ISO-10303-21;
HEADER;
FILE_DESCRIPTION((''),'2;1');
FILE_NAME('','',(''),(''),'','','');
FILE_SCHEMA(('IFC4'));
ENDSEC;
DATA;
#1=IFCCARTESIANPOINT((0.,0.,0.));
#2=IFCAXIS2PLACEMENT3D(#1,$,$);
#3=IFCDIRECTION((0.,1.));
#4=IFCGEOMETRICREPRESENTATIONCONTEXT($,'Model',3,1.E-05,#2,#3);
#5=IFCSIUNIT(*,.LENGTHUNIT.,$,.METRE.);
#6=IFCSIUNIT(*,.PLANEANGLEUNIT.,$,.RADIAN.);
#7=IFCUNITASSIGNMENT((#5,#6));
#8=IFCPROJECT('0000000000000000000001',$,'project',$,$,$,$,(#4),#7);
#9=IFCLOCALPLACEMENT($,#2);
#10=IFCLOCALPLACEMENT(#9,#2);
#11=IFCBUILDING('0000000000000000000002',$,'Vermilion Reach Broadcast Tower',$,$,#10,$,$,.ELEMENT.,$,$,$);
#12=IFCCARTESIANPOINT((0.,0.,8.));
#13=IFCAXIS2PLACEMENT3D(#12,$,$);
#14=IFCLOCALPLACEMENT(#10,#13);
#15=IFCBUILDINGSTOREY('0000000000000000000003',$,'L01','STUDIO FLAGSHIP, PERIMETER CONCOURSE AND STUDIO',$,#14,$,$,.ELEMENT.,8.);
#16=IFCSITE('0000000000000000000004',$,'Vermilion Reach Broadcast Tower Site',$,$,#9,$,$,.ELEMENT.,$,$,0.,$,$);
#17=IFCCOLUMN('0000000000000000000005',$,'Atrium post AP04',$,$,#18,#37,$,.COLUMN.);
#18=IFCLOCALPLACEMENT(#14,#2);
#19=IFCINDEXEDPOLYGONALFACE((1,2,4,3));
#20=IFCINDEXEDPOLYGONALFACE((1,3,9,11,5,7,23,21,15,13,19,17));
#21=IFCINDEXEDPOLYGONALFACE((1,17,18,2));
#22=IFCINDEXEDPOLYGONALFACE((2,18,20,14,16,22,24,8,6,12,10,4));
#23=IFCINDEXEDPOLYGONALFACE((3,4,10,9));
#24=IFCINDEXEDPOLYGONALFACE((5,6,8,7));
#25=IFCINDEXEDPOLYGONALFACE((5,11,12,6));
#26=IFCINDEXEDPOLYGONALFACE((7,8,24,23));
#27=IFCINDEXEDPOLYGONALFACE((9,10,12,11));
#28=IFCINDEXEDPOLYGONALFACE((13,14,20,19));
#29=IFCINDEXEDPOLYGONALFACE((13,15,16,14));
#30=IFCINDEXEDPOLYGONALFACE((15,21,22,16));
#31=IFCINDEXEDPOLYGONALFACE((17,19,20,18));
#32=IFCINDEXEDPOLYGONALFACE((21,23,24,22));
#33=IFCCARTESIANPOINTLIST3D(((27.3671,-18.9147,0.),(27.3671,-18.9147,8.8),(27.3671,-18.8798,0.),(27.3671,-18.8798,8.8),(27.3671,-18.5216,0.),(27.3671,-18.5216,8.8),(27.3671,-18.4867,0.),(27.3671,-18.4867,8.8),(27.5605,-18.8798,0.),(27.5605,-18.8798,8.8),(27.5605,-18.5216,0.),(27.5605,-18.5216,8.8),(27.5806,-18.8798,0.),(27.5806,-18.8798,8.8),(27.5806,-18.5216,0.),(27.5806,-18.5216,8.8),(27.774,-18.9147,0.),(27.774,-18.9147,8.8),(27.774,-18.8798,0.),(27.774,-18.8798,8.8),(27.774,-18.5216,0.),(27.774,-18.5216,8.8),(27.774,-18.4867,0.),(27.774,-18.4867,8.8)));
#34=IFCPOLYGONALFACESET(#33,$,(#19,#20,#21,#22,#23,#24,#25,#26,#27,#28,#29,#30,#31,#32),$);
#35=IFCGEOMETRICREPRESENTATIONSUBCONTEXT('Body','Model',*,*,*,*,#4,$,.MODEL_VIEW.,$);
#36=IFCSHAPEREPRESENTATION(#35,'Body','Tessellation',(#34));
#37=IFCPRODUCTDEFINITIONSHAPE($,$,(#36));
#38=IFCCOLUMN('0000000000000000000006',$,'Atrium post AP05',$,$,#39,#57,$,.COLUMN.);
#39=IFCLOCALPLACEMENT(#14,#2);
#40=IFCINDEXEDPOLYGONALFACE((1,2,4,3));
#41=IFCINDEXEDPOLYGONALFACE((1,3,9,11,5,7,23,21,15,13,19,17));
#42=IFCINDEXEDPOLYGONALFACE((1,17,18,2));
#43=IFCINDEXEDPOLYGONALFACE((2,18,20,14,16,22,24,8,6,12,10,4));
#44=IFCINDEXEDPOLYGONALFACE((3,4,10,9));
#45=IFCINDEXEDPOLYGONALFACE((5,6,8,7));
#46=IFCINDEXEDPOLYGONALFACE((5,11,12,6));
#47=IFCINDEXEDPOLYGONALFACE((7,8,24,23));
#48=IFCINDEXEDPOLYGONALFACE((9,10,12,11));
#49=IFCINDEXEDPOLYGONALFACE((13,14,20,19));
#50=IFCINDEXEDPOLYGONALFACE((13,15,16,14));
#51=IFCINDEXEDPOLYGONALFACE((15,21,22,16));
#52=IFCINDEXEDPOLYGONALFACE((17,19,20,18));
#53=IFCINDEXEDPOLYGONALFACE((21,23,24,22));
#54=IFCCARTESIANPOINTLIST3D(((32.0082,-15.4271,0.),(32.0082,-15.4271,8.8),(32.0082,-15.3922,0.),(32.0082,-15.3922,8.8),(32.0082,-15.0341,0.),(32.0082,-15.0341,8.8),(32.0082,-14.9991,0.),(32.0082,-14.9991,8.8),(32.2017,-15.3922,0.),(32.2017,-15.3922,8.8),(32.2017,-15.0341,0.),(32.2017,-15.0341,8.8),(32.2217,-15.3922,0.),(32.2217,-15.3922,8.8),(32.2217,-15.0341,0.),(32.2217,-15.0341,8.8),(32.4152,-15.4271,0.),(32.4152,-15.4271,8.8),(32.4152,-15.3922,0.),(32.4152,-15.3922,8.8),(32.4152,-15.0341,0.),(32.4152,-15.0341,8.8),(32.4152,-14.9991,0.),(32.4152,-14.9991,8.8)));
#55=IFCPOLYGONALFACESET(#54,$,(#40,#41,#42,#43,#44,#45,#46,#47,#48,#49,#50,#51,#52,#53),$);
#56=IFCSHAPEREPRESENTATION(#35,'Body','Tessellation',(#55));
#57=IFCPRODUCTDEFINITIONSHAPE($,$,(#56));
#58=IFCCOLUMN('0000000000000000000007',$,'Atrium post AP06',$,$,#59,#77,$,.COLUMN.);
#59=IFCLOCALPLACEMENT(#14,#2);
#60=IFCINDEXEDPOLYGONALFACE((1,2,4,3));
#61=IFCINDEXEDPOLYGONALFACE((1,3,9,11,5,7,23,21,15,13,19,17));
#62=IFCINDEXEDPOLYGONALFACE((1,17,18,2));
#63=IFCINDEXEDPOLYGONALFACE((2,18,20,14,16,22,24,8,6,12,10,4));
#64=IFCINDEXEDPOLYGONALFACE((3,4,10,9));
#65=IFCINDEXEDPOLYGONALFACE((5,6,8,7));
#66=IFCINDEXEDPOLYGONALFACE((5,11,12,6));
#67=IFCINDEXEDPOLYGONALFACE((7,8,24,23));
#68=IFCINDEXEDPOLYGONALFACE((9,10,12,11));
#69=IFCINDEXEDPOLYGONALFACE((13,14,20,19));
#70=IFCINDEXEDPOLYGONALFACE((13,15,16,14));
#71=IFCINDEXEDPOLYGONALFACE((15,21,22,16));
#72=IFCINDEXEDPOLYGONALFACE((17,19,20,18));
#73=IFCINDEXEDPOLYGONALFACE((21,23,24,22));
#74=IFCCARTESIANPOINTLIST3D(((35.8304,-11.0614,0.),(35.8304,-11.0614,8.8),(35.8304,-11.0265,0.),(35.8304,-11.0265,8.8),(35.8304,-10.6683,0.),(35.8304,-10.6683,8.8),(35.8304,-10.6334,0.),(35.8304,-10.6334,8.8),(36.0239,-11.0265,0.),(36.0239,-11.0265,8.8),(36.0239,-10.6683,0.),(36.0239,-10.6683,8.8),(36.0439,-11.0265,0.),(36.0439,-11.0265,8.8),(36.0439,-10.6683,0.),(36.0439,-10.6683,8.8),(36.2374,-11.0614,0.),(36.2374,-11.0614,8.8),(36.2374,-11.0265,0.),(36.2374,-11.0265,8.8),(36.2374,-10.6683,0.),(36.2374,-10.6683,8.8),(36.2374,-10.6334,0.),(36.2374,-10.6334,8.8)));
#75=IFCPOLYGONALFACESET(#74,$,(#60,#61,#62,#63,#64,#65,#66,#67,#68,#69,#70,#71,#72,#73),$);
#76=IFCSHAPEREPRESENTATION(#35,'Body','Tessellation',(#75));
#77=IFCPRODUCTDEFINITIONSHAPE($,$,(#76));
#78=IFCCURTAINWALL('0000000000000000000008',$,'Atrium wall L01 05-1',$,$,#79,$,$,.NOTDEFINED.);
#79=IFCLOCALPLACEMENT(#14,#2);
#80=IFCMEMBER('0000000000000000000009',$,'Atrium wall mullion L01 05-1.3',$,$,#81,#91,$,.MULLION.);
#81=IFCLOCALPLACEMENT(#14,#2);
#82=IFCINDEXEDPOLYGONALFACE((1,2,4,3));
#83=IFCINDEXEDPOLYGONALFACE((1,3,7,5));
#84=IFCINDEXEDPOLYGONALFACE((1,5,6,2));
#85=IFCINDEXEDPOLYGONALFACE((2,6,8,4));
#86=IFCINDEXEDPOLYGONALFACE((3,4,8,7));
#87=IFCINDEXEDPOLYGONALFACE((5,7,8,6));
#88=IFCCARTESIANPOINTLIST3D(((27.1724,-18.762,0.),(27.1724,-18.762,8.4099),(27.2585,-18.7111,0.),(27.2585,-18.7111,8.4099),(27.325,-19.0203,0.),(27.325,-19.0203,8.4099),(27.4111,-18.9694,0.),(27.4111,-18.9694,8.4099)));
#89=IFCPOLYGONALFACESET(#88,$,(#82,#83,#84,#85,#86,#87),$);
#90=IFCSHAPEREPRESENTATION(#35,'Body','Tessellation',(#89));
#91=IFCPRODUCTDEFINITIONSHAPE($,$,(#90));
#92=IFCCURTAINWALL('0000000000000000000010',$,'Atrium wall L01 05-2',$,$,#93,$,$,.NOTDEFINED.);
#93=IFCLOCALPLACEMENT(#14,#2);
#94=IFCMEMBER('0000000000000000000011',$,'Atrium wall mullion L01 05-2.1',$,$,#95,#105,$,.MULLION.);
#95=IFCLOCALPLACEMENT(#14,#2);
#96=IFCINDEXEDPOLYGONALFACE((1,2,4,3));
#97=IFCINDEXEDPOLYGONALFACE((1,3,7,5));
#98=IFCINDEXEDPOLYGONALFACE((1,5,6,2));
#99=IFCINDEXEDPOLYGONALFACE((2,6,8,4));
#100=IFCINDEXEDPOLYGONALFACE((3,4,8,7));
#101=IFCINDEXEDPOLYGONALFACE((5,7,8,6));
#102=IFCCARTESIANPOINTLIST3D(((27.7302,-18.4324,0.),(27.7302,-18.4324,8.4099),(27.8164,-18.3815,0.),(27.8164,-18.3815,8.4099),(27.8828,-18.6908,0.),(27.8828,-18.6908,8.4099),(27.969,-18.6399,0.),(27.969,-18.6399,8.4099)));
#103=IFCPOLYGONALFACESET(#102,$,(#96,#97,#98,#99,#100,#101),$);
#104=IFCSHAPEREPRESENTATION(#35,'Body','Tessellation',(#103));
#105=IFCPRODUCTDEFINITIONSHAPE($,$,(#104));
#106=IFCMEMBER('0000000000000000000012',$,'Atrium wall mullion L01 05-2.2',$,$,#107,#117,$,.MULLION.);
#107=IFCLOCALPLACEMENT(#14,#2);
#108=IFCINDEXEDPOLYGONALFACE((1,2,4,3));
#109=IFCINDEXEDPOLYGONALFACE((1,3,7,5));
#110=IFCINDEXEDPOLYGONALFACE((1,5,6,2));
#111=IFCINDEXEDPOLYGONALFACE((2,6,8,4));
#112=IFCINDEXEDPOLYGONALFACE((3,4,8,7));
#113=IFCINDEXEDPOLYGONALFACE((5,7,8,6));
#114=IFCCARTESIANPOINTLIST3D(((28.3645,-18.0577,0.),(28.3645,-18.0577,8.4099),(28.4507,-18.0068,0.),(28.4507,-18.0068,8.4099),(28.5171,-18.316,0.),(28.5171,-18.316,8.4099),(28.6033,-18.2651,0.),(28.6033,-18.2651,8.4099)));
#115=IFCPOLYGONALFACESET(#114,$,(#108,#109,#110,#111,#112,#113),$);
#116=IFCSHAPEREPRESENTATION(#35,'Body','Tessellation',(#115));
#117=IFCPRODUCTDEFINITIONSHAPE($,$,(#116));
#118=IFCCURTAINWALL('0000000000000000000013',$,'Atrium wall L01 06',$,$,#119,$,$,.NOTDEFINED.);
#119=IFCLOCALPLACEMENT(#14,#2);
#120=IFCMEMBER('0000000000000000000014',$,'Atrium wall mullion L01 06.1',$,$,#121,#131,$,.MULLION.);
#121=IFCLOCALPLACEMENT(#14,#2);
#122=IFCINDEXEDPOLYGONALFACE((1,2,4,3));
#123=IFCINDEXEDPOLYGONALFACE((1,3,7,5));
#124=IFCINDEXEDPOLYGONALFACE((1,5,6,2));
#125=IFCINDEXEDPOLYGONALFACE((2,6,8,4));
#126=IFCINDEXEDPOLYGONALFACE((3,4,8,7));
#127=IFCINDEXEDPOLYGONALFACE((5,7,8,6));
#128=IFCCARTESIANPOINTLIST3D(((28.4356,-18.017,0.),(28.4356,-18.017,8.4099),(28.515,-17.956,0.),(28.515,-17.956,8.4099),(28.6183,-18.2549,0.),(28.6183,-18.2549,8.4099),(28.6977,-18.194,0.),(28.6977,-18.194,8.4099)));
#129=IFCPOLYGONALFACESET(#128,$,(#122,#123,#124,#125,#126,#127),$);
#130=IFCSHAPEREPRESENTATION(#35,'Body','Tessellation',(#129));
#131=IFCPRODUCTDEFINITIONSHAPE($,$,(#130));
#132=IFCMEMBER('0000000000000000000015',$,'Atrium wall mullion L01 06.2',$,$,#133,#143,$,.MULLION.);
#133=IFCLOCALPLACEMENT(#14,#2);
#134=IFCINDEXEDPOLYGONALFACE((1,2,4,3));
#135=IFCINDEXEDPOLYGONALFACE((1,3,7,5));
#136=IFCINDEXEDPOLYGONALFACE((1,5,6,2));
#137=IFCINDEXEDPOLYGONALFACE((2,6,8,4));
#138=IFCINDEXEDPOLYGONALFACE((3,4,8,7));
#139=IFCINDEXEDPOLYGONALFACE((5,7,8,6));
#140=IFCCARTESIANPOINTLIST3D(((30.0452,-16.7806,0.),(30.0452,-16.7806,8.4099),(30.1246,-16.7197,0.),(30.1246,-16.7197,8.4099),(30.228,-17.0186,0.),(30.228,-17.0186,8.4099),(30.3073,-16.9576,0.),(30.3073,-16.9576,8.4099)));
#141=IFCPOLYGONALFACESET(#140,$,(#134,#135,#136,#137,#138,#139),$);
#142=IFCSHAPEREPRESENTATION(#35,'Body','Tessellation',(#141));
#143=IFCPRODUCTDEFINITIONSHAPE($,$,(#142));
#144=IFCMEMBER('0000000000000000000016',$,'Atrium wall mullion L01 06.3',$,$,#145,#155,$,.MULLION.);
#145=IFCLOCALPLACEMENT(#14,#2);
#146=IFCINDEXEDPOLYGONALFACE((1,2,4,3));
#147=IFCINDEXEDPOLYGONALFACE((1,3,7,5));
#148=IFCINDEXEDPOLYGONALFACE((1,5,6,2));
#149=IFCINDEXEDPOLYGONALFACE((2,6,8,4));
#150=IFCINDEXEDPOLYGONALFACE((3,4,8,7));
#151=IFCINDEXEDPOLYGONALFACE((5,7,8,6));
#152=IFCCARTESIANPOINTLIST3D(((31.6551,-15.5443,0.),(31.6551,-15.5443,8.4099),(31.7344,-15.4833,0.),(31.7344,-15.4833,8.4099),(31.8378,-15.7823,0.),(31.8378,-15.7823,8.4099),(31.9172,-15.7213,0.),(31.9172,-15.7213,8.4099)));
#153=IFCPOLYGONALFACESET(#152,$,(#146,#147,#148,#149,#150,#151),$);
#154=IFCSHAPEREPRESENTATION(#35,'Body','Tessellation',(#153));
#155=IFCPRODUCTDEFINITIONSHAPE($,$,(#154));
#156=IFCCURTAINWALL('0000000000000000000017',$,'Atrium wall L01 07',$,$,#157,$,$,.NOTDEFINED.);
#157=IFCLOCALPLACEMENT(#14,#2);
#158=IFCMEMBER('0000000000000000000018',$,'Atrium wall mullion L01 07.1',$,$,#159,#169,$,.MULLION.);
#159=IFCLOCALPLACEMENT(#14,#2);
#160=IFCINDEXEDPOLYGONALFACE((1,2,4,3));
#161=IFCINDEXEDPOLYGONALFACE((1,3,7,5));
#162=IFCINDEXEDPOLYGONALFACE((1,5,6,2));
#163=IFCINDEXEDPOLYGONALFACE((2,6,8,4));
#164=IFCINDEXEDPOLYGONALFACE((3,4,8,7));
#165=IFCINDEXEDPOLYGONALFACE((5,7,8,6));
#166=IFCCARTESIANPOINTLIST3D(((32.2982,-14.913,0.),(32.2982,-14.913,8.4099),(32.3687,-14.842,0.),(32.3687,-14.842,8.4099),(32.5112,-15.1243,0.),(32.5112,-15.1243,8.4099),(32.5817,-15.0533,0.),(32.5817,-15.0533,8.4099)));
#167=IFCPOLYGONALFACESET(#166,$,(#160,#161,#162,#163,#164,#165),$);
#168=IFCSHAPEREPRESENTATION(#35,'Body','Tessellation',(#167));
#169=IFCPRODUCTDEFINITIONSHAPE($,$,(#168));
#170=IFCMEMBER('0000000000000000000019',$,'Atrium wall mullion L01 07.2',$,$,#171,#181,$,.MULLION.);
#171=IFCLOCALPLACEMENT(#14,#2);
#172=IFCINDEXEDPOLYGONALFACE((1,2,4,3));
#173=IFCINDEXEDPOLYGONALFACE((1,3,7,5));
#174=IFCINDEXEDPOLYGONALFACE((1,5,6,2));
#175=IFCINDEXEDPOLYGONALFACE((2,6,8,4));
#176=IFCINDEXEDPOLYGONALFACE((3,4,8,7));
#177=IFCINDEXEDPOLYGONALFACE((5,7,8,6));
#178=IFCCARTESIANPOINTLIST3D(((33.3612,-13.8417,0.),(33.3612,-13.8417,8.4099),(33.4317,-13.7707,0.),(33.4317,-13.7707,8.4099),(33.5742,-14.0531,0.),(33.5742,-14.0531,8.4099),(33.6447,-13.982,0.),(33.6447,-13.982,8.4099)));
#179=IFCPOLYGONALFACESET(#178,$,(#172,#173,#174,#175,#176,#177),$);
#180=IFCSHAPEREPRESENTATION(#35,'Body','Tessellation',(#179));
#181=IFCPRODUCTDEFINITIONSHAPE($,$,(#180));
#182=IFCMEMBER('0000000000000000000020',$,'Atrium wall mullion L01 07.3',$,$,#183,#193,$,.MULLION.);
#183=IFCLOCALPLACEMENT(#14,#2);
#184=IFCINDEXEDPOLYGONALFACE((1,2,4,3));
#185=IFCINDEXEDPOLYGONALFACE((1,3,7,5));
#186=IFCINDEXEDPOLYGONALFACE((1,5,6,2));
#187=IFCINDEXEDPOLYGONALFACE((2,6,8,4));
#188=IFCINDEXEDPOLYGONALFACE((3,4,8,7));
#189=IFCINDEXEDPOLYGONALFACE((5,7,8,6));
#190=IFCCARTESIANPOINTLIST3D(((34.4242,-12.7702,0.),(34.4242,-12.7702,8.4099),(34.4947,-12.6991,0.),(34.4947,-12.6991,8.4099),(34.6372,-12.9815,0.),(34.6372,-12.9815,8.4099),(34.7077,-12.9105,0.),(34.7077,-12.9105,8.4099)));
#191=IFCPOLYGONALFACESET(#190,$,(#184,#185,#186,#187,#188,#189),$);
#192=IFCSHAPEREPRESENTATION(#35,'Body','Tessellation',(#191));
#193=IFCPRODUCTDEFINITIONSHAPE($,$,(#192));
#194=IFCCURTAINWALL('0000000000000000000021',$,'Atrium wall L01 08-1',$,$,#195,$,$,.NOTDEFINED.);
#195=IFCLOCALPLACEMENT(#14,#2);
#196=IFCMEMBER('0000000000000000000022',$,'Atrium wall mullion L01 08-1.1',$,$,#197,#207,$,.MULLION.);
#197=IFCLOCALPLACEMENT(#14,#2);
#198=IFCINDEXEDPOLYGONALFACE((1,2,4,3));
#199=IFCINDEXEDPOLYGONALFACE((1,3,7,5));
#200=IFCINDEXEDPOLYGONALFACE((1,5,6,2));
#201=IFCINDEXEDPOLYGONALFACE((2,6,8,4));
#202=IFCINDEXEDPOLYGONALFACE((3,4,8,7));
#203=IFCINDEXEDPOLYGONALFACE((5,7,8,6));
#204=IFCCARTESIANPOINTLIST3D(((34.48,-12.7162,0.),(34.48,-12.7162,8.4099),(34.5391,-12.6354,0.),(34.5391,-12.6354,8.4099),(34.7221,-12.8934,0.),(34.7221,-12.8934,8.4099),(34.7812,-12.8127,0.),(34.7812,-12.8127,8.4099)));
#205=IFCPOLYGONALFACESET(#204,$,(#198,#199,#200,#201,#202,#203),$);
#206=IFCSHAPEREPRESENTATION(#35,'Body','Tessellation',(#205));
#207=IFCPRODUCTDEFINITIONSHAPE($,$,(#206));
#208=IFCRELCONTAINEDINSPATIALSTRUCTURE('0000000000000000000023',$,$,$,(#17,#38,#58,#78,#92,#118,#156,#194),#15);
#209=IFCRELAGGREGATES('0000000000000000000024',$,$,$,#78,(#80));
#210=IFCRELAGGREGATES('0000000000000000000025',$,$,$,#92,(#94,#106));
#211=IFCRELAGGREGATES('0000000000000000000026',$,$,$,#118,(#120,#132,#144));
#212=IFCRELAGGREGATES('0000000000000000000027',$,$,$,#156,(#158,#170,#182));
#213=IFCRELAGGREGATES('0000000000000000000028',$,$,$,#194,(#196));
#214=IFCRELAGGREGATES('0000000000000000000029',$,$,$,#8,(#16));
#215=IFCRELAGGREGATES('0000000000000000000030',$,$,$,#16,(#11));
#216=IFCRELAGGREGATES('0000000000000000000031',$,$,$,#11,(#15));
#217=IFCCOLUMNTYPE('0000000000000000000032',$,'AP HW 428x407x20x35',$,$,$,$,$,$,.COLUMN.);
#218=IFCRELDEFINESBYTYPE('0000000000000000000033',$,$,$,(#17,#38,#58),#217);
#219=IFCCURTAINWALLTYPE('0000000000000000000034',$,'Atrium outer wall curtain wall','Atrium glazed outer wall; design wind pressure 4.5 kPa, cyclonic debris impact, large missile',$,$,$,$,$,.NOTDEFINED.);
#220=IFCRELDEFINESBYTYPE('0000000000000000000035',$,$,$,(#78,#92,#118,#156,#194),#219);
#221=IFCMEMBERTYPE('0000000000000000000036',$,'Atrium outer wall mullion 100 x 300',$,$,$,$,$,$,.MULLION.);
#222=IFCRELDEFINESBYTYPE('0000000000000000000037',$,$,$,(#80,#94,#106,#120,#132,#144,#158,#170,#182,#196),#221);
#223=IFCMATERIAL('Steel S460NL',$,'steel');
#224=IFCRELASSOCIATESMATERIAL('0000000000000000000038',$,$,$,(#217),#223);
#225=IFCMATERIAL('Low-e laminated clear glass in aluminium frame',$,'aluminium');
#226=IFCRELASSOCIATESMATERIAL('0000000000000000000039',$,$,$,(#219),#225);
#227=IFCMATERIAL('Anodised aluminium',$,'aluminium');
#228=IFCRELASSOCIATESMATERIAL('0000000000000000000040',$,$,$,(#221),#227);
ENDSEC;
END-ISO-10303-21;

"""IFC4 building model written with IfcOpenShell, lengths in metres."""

from ifc_helpers import new_model, si_unit, direction, frame, origin, origin_2d, place, context, subcontext, project, spatial, rectangle, i_section, extrude, material, material_profile, profile_set, type_object, element, aggregate, save


model = new_model("IFC4")

# Units and contexts
model_context = context("Model", 3, precision=1e-05, world=origin(), true_north=direction((0.0, 1.0)))
body_context = subcontext(model_context, "Body", "Model", "MODEL_VIEW")
ifc_project = project(units=[si_unit("LENGTHUNIT", "METRE"), si_unit("PLANEANGLEUNIT", "RADIAN")], contexts=[model_context])

# Site, building, storey
site_placement = place(None, origin())
site = spatial("IfcSite", under=ifc_project, at=site_placement, Name="Vermilion Reach Broadcast Tower Site", CompositionType="ELEMENT", RefElevation=0.0)
building_placement = place(site_placement, origin())
building = spatial("IfcBuilding", under=site, at=building_placement, Name="Vermilion Reach Broadcast Tower", CompositionType="ELEMENT")
storey_placement = place(building_placement, frame((0.0, 0.0, 8.0)))
storey = spatial("IfcBuildingStorey", under=building, at=storey_placement, Name="L01", Description="STUDIO FLAGSHIP, PERIMETER CONCOURSE AND STUDIO", CompositionType="ELEMENT", Elevation=8.0)

# Columns
ifc_material_1 = material(Name="Steel S460NL", Category="steel")
ifc_material_profile_1 = material_profile(ifc_material_1, i_section(OverallWidth=0.407, OverallDepth=0.428, WebThickness=0.02, FlangeThickness=0.0349, at=origin_2d()), Name="S460NL HW 428x407x20x35")
ifc_profile_set_1 = profile_set([ifc_material_profile_1], Name="Steel S460NL")
column_type = type_object("IfcColumnType", Name="AP HW 428x407x20x35", PredefinedType="COLUMN", material=ifc_profile_set_1)
for number, where, z_axis, x_axis, name in (
    (1, (27.5706, -18.7007, 0.0), (0.0, 0.0, 1.0), (1.0, 0.0, 0.0), "Atrium post AP04"),
    (2, (32.2117, -15.2131, 0.0), (0.0, 0.0, 1.0), (1.0, 0.0, 0.0), "Atrium post AP05"),
    (3, (36.0339, -10.8474, 0.0), (0.0, 0.0, 1.0), (1.0, 0.0, 0.0), "Atrium post AP06"),
):
    element("IfcColumn", number, at=place(storey_placement, frame(where, z_axis=z_axis, x_axis=x_axis)), inside=storey, type_object=column_type, Name=name, PredefinedType="COLUMN", context=body_context, shape_type="SweptSolid", body=[
        extrude(i_section(OverallWidth=0.407, OverallDepth=0.428, WebThickness=0.02, FlangeThickness=0.0349, at=origin_2d()), origin(), (0.0, 0.0, 1.0), 8.8),
    ])

# Curtain wall, member
ifc_material_2 = material(Name="Low-e laminated clear glass in aluminium frame", Category="aluminium")
curtain_wall_type = type_object("IfcCurtainWallType", Name="Atrium outer wall curtain wall", Description="Atrium glazed outer wall; design wind pressure 4.5 kPa, cyclonic debris impact, large missile", PredefinedType="NOTDEFINED", material=ifc_material_2)
placement = place(storey_placement, origin())
curtain_wall_1 = element("IfcCurtainWall", 4, at=placement, inside=storey, type_object=curtain_wall_type, Name="Atrium wall L01 05-1", PredefinedType="NOTDEFINED")
ifc_material_3 = material(Name="Anodised aluminium", Category="aluminium")
ifc_material_profile_2 = material_profile(ifc_material_3, rectangle(XDim=0.3, YDim=0.1001, at=origin_2d()), Name="Atrium outer wall mullion 100 x 300")
ifc_profile_set_2 = profile_set([ifc_material_profile_2], Name="Anodised aluminium")
member_type_1 = type_object("IfcMemberType", Name="Atrium outer wall mullion 100 x 300", PredefinedType="MULLION", material=ifc_profile_set_2)
member_1_placement = place(storey_placement, frame((27.2917, -18.8657, 0.0), z_axis=(0.0, 0.0, 1.0), x_axis=(-0.50859, 0.861009, 0.0)))
member_1 = element("IfcMember", 5, at=member_1_placement, type_object=member_type_1, Name="Atrium wall mullion L01 05-1.3", PredefinedType="MULLION", context=body_context, shape_type="SweptSolid", body=[
    extrude(rectangle(XDim=0.3, YDim=0.1001, at=origin_2d()), origin(), (0.0, 0.0, 1.0), 8.4099),
])

# Curtain walls, members
curtain_wall_2 = element("IfcCurtainWall", 6, at=placement, inside=storey, type_object=curtain_wall_type, Name="Atrium wall L01 05-2", PredefinedType="NOTDEFINED")
member_2_placement = place(storey_placement, frame((27.8496, -18.5361, 0.0), z_axis=(0.0, 0.0, 1.0), x_axis=(-0.50859, 0.861009, 0.0)))
member_2 = element("IfcMember", 7, at=member_2_placement, type_object=member_type_1, Name="Atrium wall mullion L01 05-2.1", PredefinedType="MULLION", context=body_context, shape_type="SweptSolid", body=[
    extrude(rectangle(XDim=0.3, YDim=0.1001, at=origin_2d()), origin(), (0.0, 0.0, 1.0), 8.4099),
])
member_3_placement = place(storey_placement, frame((28.4839, -18.1614, 0.0), z_axis=(0.0, 0.0, 1.0), x_axis=(-0.50859, 0.861009, 0.0)))
member_3 = element("IfcMember", 8, at=member_3_placement, type_object=member_type_1, Name="Atrium wall mullion L01 05-2.2", PredefinedType="MULLION", context=body_context, shape_type="SweptSolid", body=[
    extrude(rectangle(XDim=0.3, YDim=0.1001, at=origin_2d()), origin(), (0.0, 0.0, 1.0), 8.4099),
])
curtain_wall_3 = element("IfcCurtainWall", 9, at=placement, inside=storey, type_object=curtain_wall_type, Name="Atrium wall L01 06", PredefinedType="NOTDEFINED")
member_4_placement = place(storey_placement, frame((28.5667, -18.1055, 0.0), z_axis=(0.0, 0.0, 1.0), x_axis=(-0.609114, 0.793083, 0.0)))
member_4 = element("IfcMember", 10, at=member_4_placement, type_object=member_type_1, Name="Atrium wall mullion L01 06.1", PredefinedType="MULLION", context=body_context, shape_type="SweptSolid", body=[
    extrude(rectangle(XDim=0.3, YDim=0.1001, at=origin_2d()), origin(), (0.0, 0.0, 1.0), 8.4099),
])
member_5_placement = place(storey_placement, frame((30.1763, -16.8691, 0.0), z_axis=(0.0, 0.0, 1.0), x_axis=(-0.609114, 0.793083, 0.0)))
member_5 = element("IfcMember", 11, at=member_5_placement, type_object=member_type_1, Name="Atrium wall mullion L01 06.2", PredefinedType="MULLION", context=body_context, shape_type="SweptSolid", body=[
    extrude(rectangle(XDim=0.3, YDim=0.1001, at=origin_2d()), origin(), (0.0, 0.0, 1.0), 8.4099),
])
member_6_placement = place(storey_placement, frame((31.7861, -15.6328, 0.0), z_axis=(0.0, 0.0, 1.0), x_axis=(-0.609114, 0.793083, 0.0)))
member_6 = element("IfcMember", 12, at=member_6_placement, type_object=member_type_1, Name="Atrium wall mullion L01 06.3", PredefinedType="MULLION", context=body_context, shape_type="SweptSolid", body=[
    extrude(rectangle(XDim=0.3, YDim=0.1001, at=origin_2d()), origin(), (0.0, 0.0, 1.0), 8.4099),
])
curtain_wall_4 = element("IfcCurtainWall", 13, at=placement, inside=storey, type_object=curtain_wall_type, Name="Atrium wall L01 07", PredefinedType="NOTDEFINED")
member_7_placement = place(storey_placement, frame((32.4399, -14.9832, 0.0), z_axis=(0.0, 0.0, 1.0), x_axis=(-0.709926, 0.704276, 0.0)))
member_7 = element("IfcMember", 14, at=member_7_placement, type_object=member_type_1, Name="Atrium wall mullion L01 07.1", PredefinedType="MULLION", context=body_context, shape_type="SweptSolid", body=[
    extrude(rectangle(XDim=0.3, YDim=0.1001, at=origin_2d()), origin(), (0.0, 0.0, 1.0), 8.4099),
])
member_8_placement = place(storey_placement, frame((33.5029, -13.9119, 0.0), z_axis=(0.0, 0.0, 1.0), x_axis=(-0.709926, 0.704276, 0.0)))
member_8 = element("IfcMember", 15, at=member_8_placement, type_object=member_type_1, Name="Atrium wall mullion L01 07.2", PredefinedType="MULLION", context=body_context, shape_type="SweptSolid", body=[
    extrude(rectangle(XDim=0.3, YDim=0.1001, at=origin_2d()), origin(), (0.0, 0.0, 1.0), 8.4099),
])
member_9_placement = place(storey_placement, frame((34.5659, -12.8403, 0.0), z_axis=(0.0, 0.0, 1.0), x_axis=(-0.709926, 0.704276, 0.0)))
member_9 = element("IfcMember", 16, at=member_9_placement, type_object=member_type_1, Name="Atrium wall mullion L01 07.3", PredefinedType="MULLION", context=body_context, shape_type="SweptSolid", body=[
    extrude(rectangle(XDim=0.3, YDim=0.1001, at=origin_2d()), origin(), (0.0, 0.0, 1.0), 8.4099),
])
curtain_wall_5 = element("IfcCurtainWall", 17, at=placement, inside=storey, type_object=curtain_wall_type, Name="Atrium wall L01 08-1", PredefinedType="NOTDEFINED")
member_10_placement = place(storey_placement, frame((34.6306, -12.7644, 0.0), z_axis=(0.0, 0.0, 1.0), x_axis=(-0.806847, 0.59076, 0.0)))
member_10 = element("IfcMember", 18, at=member_10_placement, type_object=member_type_1, Name="Atrium wall mullion L01 08-1.1", PredefinedType="MULLION", context=body_context, shape_type="SweptSolid", body=[
    extrude(rectangle(XDim=0.3, YDim=0.1001, at=origin_2d()), origin(), (0.0, 0.0, 1.0), 8.4099),
])

aggregate(curtain_wall_1, [member_1])
aggregate(curtain_wall_2, [member_2, member_3])
aggregate(curtain_wall_3, [member_4, member_5, member_6])
aggregate(curtain_wall_4, [member_7, member_8, member_9])
aggregate(curtain_wall_5, [member_10])

save(model, "model.ifc")
